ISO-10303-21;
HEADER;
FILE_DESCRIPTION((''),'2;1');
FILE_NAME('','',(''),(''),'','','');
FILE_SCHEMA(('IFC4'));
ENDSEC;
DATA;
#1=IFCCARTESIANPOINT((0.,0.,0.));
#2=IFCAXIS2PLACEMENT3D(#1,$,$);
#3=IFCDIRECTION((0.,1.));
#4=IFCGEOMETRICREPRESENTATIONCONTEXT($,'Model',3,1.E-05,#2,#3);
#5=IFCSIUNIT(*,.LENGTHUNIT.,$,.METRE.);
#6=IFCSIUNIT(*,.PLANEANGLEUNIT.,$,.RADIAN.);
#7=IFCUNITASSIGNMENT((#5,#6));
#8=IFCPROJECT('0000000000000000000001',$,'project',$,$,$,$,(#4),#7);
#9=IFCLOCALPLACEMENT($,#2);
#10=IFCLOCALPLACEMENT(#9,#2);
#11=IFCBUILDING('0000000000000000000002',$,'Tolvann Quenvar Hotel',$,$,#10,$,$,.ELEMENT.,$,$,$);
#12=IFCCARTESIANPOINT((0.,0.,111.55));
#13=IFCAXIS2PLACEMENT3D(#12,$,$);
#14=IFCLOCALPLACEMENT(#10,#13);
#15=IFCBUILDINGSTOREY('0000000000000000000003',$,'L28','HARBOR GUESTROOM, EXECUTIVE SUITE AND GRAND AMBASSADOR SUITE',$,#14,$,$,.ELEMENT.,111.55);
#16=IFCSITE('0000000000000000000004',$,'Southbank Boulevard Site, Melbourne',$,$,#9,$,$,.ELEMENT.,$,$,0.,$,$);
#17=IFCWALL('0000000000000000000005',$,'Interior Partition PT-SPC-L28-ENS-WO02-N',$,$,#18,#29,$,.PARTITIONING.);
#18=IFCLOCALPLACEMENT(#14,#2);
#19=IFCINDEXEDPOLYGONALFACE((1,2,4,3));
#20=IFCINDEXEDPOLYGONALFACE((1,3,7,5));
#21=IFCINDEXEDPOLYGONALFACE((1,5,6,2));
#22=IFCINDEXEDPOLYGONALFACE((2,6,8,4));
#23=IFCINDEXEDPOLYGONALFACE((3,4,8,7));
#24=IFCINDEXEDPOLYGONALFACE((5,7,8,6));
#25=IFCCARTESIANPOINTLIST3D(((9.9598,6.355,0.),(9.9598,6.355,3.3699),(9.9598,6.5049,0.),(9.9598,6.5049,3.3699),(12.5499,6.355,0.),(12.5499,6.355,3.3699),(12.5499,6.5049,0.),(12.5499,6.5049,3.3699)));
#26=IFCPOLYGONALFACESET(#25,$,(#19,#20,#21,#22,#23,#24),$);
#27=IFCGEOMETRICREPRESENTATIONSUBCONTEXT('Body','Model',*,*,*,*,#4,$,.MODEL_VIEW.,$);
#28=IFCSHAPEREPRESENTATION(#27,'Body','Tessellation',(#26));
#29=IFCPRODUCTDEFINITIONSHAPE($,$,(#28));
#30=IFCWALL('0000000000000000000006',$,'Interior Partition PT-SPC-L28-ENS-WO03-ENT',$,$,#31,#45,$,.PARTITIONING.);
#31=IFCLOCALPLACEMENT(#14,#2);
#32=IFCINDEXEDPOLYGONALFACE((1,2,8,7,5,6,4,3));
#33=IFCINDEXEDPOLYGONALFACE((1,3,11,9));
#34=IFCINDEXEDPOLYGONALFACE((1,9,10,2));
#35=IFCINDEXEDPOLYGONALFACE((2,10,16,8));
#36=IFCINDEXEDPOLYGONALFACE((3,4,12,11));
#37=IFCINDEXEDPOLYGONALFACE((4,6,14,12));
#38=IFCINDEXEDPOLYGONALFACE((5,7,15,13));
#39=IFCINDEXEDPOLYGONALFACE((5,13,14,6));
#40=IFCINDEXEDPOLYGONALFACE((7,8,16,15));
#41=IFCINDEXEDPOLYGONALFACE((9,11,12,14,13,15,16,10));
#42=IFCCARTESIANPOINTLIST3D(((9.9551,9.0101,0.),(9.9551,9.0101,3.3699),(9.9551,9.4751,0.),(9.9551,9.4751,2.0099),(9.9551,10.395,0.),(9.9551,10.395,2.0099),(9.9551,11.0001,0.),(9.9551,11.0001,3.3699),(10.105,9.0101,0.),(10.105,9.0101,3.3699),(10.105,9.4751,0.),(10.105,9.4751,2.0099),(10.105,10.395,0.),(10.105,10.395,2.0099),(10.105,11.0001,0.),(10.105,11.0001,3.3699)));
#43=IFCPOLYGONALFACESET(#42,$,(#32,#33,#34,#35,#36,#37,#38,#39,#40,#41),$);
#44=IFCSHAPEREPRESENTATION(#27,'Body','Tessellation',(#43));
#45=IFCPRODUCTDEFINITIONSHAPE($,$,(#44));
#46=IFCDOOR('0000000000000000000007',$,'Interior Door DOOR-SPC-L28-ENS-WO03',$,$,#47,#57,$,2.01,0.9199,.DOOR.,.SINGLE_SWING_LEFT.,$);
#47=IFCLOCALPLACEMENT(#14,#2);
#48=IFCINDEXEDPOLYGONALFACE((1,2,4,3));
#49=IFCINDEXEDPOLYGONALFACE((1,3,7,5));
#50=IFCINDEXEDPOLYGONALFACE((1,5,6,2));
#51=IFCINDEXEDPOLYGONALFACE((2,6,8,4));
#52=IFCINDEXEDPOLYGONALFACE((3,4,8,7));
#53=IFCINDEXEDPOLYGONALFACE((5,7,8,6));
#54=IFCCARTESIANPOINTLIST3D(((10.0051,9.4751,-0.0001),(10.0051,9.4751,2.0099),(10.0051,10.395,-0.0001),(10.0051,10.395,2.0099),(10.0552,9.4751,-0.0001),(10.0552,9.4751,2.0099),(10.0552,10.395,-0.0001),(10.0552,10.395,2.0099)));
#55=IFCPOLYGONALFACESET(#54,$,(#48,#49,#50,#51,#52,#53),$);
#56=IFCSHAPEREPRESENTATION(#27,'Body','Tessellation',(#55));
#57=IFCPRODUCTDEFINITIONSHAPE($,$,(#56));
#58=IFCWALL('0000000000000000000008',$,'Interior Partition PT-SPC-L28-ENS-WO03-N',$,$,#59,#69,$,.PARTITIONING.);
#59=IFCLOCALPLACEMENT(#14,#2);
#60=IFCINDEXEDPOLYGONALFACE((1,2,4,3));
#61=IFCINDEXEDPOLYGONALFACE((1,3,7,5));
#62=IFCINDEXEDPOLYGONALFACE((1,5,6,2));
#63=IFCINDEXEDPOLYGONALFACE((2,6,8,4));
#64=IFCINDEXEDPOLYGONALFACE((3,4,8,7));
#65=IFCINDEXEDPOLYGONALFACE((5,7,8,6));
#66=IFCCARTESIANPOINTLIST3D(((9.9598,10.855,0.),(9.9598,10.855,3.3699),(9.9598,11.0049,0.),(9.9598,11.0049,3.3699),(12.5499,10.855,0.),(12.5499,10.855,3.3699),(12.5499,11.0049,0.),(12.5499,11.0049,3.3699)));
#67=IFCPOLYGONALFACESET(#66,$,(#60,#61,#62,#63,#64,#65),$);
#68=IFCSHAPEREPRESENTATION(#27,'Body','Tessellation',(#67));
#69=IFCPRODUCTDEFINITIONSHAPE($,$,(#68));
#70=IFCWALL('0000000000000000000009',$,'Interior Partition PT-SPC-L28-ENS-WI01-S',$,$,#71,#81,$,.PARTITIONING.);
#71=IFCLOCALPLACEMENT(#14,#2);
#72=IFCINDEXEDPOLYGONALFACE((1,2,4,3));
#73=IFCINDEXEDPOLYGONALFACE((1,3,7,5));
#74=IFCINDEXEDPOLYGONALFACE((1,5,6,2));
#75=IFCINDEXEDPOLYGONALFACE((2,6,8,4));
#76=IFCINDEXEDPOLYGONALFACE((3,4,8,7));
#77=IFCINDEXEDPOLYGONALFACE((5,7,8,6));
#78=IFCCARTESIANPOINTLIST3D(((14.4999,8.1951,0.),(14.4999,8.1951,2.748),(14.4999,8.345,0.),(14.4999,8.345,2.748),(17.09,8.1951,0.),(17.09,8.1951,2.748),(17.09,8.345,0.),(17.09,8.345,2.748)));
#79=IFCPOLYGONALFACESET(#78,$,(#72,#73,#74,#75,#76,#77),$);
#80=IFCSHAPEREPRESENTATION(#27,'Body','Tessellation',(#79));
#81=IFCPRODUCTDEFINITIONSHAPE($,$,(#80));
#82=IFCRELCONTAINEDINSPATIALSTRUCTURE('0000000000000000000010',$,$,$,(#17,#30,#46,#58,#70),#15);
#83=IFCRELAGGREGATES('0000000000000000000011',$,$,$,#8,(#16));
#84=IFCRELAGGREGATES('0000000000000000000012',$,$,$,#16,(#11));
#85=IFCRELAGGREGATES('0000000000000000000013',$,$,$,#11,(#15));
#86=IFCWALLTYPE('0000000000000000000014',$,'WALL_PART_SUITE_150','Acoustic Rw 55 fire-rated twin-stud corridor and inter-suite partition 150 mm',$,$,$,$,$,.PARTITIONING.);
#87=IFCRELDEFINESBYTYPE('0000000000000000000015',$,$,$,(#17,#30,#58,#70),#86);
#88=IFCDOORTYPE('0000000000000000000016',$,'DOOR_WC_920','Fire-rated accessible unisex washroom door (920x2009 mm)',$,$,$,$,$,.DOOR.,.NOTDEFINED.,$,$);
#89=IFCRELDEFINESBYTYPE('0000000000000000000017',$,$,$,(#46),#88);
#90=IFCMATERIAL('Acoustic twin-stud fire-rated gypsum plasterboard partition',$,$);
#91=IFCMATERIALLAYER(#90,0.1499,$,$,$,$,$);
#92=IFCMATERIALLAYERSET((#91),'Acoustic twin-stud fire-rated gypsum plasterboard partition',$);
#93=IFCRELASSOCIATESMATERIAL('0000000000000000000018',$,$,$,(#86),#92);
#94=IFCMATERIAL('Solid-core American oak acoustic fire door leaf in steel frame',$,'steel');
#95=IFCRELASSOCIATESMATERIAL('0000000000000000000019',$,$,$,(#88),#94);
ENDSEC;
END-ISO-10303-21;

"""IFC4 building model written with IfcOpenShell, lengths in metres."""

from ifc_helpers import new_model, si_unit, direction, frame, frame_2d, origin, place, context, subcontext, project, spatial, rectangle, extrude, source, transform, mapped, material, layer, layer_set, type_object, type_shapes, element, fill, save


model = new_model("IFC4")

# Units and contexts
model_context = context("Model", 3, precision=1e-05, world=origin(), true_north=direction((0.0, 1.0)))
body_context = subcontext(model_context, "Body", "Model", "MODEL_VIEW")
ifc_project = project(units=[si_unit("LENGTHUNIT", "METRE"), si_unit("PLANEANGLEUNIT", "RADIAN")], contexts=[model_context])

# Site, building, storey
site_placement = place(None, origin())
site = spatial("IfcSite", under=ifc_project, at=site_placement, Name="Southbank Boulevard Site, Melbourne", CompositionType="ELEMENT", RefElevation=0.0)
building_placement = place(site_placement, origin())
building = spatial("IfcBuilding", under=site, at=building_placement, Name="Tolvann Quenvar Hotel", CompositionType="ELEMENT")
storey_placement = place(building_placement, frame((0.0, 0.0, 111.55)))
storey = spatial("IfcBuildingStorey", under=building, at=storey_placement, Name="L28", Description="HARBOR GUESTROOM, EXECUTIVE SUITE AND GRAND AMBASSADOR SUITE", CompositionType="ELEMENT", Elevation=111.55)

# Shared definitions
ifc_material_1 = material(Name="Acoustic twin-stud fire-rated gypsum plasterboard partition")
ifc_layer_1 = layer(ifc_material_1, 0.1499)
ifc_layer_set_1 = layer_set([ifc_layer_1], Name="Acoustic twin-stud fire-rated gypsum plasterboard partition")
wall_type_1 = type_object("IfcWallType", Name="WALL_PART_SUITE_150", Description="Acoustic Rw 55 fire-rated twin-stud corridor and inter-suite partition 150 mm", PredefinedType="PARTITIONING", material=ifc_layer_set_1)
ifc_material_2 = material(Name="Solid-core American oak acoustic fire door leaf in steel frame", Category="steel")
door_type_1 = type_object("IfcDoorType", Name="DOOR_WC_920", Description="Fire-rated accessible unisex washroom door (920x2009 mm)", OperationType="NOTDEFINED", PredefinedType="DOOR", material=ifc_material_2)
shared_shape_1 = source(origin(), body_context, "Body", "SweptSolid", [
    extrude(rectangle(XDim=0.9199, YDim=2.01, at=frame_2d((0.46, 1.0049))), frame((0.0, 0.0249, 0.0), z_axis=(0.0, -1.0, 0.0), x_axis=(1.0, 0.0, 0.0)), (0.0, 0.0, 1.0), 0.05),
])
type_shapes(door_type_1, [shared_shape_1])

# Wall
wall_1_placement = place(storey_placement, frame((9.96, 6.4299, 0.0), z_axis=(0.0, 0.0, 1.0), x_axis=(1.0, 0.0, 0.0)))
element("IfcWall", 1, at=wall_1_placement, inside=storey, type_object=wall_type_1, Name="Interior Partition PT-SPC-L28-ENS-WO02-N", PredefinedType="PARTITIONING", context=body_context, shape_type="SweptSolid", body=[
    extrude(rectangle(XDim=2.5901, YDim=0.1499, at=frame_2d((1.2949, 0.0))), origin(), (0.0, 0.0, 1.0), 3.3699),
])

# Wall, opening, door
wall_2_placement = place(storey_placement, frame((10.03, 9.01, 0.0), z_axis=(0.0, 0.0, 1.0), x_axis=(0.0, 1.0, 0.0)))
wall_2 = element("IfcWall", 2, at=wall_2_placement, inside=storey, type_object=wall_type_1, Name="Interior Partition PT-SPC-L28-ENS-WO03-ENT", PredefinedType="PARTITIONING", context=body_context, shape_type="SweptSolid", body=[
    extrude(rectangle(XDim=1.99, YDim=0.1499, at=frame_2d((0.9951, 0.0))), origin(), (0.0, 0.0, 1.0), 3.3699),
])
opening_1_placement = place(wall_2_placement, frame((0.4651, 0.0, 0.0)))
opening_1 = element("IfcOpeningElement", 3, at=opening_1_placement, cuts=wall_2, PredefinedType="OPENING", context=body_context, shape_type="SweptSolid", body=[
    extrude(rectangle(XDim=0.9199, YDim=2.01, at=frame_2d((0.46, 1.0049))), frame((0.0, 0.085, 0.0), z_axis=(0.0, -1.0, 0.0), x_axis=(1.0, 0.0, 0.0)), (0.0, 0.0, 1.0), 0.1699),
])
door_1_placement = place(opening_1_placement, origin())
door_1 = element("IfcDoor", 4, at=door_1_placement, inside=storey, type_object=door_type_1, Name="Interior Door DOOR-SPC-L28-ENS-WO03", OperationType="SINGLE_SWING_LEFT", OverallHeight=2.01, OverallWidth=0.9199, PredefinedType="DOOR", context=body_context, shape_type="MappedRepresentation", body=[
    mapped(shared_shape_1, transform((0.0, 0.0, 0.0), x_axis=(1.0, 0.0, 0.0), y_axis=(0.0, 1.0, 0.0), z_axis=(0.0, 0.0, 1.0), scale=1.0)),
])
fill(opening_1, door_1)

# Walls
wall_3_placement = place(storey_placement, frame((9.96, 10.9299, 0.0), z_axis=(0.0, 0.0, 1.0), x_axis=(1.0, 0.0, 0.0)))
element("IfcWall", 5, at=wall_3_placement, inside=storey, type_object=wall_type_1, Name="Interior Partition PT-SPC-L28-ENS-WO03-N", PredefinedType="PARTITIONING", context=body_context, shape_type="SweptSolid", body=[
    extrude(rectangle(XDim=2.5901, YDim=0.1499, at=frame_2d((1.2949, 0.0))), origin(), (0.0, 0.0, 1.0), 3.3699),
])
wall_4_placement = place(storey_placement, frame((14.5, 8.27, 0.0), z_axis=(0.0, 0.0, 1.0), x_axis=(1.0, 0.0, 0.0)))
element("IfcWall", 6, at=wall_4_placement, inside=storey, type_object=wall_type_1, Name="Interior Partition PT-SPC-L28-ENS-WI01-S", PredefinedType="PARTITIONING", context=body_context, shape_type="SweptSolid", body=[
    extrude(rectangle(XDim=2.5901, YDim=0.1499, at=frame_2d((1.2949, 0.0))), origin(), (0.0, 0.0, 1.0), 2.748),
])

save(model, "model.ifc")
